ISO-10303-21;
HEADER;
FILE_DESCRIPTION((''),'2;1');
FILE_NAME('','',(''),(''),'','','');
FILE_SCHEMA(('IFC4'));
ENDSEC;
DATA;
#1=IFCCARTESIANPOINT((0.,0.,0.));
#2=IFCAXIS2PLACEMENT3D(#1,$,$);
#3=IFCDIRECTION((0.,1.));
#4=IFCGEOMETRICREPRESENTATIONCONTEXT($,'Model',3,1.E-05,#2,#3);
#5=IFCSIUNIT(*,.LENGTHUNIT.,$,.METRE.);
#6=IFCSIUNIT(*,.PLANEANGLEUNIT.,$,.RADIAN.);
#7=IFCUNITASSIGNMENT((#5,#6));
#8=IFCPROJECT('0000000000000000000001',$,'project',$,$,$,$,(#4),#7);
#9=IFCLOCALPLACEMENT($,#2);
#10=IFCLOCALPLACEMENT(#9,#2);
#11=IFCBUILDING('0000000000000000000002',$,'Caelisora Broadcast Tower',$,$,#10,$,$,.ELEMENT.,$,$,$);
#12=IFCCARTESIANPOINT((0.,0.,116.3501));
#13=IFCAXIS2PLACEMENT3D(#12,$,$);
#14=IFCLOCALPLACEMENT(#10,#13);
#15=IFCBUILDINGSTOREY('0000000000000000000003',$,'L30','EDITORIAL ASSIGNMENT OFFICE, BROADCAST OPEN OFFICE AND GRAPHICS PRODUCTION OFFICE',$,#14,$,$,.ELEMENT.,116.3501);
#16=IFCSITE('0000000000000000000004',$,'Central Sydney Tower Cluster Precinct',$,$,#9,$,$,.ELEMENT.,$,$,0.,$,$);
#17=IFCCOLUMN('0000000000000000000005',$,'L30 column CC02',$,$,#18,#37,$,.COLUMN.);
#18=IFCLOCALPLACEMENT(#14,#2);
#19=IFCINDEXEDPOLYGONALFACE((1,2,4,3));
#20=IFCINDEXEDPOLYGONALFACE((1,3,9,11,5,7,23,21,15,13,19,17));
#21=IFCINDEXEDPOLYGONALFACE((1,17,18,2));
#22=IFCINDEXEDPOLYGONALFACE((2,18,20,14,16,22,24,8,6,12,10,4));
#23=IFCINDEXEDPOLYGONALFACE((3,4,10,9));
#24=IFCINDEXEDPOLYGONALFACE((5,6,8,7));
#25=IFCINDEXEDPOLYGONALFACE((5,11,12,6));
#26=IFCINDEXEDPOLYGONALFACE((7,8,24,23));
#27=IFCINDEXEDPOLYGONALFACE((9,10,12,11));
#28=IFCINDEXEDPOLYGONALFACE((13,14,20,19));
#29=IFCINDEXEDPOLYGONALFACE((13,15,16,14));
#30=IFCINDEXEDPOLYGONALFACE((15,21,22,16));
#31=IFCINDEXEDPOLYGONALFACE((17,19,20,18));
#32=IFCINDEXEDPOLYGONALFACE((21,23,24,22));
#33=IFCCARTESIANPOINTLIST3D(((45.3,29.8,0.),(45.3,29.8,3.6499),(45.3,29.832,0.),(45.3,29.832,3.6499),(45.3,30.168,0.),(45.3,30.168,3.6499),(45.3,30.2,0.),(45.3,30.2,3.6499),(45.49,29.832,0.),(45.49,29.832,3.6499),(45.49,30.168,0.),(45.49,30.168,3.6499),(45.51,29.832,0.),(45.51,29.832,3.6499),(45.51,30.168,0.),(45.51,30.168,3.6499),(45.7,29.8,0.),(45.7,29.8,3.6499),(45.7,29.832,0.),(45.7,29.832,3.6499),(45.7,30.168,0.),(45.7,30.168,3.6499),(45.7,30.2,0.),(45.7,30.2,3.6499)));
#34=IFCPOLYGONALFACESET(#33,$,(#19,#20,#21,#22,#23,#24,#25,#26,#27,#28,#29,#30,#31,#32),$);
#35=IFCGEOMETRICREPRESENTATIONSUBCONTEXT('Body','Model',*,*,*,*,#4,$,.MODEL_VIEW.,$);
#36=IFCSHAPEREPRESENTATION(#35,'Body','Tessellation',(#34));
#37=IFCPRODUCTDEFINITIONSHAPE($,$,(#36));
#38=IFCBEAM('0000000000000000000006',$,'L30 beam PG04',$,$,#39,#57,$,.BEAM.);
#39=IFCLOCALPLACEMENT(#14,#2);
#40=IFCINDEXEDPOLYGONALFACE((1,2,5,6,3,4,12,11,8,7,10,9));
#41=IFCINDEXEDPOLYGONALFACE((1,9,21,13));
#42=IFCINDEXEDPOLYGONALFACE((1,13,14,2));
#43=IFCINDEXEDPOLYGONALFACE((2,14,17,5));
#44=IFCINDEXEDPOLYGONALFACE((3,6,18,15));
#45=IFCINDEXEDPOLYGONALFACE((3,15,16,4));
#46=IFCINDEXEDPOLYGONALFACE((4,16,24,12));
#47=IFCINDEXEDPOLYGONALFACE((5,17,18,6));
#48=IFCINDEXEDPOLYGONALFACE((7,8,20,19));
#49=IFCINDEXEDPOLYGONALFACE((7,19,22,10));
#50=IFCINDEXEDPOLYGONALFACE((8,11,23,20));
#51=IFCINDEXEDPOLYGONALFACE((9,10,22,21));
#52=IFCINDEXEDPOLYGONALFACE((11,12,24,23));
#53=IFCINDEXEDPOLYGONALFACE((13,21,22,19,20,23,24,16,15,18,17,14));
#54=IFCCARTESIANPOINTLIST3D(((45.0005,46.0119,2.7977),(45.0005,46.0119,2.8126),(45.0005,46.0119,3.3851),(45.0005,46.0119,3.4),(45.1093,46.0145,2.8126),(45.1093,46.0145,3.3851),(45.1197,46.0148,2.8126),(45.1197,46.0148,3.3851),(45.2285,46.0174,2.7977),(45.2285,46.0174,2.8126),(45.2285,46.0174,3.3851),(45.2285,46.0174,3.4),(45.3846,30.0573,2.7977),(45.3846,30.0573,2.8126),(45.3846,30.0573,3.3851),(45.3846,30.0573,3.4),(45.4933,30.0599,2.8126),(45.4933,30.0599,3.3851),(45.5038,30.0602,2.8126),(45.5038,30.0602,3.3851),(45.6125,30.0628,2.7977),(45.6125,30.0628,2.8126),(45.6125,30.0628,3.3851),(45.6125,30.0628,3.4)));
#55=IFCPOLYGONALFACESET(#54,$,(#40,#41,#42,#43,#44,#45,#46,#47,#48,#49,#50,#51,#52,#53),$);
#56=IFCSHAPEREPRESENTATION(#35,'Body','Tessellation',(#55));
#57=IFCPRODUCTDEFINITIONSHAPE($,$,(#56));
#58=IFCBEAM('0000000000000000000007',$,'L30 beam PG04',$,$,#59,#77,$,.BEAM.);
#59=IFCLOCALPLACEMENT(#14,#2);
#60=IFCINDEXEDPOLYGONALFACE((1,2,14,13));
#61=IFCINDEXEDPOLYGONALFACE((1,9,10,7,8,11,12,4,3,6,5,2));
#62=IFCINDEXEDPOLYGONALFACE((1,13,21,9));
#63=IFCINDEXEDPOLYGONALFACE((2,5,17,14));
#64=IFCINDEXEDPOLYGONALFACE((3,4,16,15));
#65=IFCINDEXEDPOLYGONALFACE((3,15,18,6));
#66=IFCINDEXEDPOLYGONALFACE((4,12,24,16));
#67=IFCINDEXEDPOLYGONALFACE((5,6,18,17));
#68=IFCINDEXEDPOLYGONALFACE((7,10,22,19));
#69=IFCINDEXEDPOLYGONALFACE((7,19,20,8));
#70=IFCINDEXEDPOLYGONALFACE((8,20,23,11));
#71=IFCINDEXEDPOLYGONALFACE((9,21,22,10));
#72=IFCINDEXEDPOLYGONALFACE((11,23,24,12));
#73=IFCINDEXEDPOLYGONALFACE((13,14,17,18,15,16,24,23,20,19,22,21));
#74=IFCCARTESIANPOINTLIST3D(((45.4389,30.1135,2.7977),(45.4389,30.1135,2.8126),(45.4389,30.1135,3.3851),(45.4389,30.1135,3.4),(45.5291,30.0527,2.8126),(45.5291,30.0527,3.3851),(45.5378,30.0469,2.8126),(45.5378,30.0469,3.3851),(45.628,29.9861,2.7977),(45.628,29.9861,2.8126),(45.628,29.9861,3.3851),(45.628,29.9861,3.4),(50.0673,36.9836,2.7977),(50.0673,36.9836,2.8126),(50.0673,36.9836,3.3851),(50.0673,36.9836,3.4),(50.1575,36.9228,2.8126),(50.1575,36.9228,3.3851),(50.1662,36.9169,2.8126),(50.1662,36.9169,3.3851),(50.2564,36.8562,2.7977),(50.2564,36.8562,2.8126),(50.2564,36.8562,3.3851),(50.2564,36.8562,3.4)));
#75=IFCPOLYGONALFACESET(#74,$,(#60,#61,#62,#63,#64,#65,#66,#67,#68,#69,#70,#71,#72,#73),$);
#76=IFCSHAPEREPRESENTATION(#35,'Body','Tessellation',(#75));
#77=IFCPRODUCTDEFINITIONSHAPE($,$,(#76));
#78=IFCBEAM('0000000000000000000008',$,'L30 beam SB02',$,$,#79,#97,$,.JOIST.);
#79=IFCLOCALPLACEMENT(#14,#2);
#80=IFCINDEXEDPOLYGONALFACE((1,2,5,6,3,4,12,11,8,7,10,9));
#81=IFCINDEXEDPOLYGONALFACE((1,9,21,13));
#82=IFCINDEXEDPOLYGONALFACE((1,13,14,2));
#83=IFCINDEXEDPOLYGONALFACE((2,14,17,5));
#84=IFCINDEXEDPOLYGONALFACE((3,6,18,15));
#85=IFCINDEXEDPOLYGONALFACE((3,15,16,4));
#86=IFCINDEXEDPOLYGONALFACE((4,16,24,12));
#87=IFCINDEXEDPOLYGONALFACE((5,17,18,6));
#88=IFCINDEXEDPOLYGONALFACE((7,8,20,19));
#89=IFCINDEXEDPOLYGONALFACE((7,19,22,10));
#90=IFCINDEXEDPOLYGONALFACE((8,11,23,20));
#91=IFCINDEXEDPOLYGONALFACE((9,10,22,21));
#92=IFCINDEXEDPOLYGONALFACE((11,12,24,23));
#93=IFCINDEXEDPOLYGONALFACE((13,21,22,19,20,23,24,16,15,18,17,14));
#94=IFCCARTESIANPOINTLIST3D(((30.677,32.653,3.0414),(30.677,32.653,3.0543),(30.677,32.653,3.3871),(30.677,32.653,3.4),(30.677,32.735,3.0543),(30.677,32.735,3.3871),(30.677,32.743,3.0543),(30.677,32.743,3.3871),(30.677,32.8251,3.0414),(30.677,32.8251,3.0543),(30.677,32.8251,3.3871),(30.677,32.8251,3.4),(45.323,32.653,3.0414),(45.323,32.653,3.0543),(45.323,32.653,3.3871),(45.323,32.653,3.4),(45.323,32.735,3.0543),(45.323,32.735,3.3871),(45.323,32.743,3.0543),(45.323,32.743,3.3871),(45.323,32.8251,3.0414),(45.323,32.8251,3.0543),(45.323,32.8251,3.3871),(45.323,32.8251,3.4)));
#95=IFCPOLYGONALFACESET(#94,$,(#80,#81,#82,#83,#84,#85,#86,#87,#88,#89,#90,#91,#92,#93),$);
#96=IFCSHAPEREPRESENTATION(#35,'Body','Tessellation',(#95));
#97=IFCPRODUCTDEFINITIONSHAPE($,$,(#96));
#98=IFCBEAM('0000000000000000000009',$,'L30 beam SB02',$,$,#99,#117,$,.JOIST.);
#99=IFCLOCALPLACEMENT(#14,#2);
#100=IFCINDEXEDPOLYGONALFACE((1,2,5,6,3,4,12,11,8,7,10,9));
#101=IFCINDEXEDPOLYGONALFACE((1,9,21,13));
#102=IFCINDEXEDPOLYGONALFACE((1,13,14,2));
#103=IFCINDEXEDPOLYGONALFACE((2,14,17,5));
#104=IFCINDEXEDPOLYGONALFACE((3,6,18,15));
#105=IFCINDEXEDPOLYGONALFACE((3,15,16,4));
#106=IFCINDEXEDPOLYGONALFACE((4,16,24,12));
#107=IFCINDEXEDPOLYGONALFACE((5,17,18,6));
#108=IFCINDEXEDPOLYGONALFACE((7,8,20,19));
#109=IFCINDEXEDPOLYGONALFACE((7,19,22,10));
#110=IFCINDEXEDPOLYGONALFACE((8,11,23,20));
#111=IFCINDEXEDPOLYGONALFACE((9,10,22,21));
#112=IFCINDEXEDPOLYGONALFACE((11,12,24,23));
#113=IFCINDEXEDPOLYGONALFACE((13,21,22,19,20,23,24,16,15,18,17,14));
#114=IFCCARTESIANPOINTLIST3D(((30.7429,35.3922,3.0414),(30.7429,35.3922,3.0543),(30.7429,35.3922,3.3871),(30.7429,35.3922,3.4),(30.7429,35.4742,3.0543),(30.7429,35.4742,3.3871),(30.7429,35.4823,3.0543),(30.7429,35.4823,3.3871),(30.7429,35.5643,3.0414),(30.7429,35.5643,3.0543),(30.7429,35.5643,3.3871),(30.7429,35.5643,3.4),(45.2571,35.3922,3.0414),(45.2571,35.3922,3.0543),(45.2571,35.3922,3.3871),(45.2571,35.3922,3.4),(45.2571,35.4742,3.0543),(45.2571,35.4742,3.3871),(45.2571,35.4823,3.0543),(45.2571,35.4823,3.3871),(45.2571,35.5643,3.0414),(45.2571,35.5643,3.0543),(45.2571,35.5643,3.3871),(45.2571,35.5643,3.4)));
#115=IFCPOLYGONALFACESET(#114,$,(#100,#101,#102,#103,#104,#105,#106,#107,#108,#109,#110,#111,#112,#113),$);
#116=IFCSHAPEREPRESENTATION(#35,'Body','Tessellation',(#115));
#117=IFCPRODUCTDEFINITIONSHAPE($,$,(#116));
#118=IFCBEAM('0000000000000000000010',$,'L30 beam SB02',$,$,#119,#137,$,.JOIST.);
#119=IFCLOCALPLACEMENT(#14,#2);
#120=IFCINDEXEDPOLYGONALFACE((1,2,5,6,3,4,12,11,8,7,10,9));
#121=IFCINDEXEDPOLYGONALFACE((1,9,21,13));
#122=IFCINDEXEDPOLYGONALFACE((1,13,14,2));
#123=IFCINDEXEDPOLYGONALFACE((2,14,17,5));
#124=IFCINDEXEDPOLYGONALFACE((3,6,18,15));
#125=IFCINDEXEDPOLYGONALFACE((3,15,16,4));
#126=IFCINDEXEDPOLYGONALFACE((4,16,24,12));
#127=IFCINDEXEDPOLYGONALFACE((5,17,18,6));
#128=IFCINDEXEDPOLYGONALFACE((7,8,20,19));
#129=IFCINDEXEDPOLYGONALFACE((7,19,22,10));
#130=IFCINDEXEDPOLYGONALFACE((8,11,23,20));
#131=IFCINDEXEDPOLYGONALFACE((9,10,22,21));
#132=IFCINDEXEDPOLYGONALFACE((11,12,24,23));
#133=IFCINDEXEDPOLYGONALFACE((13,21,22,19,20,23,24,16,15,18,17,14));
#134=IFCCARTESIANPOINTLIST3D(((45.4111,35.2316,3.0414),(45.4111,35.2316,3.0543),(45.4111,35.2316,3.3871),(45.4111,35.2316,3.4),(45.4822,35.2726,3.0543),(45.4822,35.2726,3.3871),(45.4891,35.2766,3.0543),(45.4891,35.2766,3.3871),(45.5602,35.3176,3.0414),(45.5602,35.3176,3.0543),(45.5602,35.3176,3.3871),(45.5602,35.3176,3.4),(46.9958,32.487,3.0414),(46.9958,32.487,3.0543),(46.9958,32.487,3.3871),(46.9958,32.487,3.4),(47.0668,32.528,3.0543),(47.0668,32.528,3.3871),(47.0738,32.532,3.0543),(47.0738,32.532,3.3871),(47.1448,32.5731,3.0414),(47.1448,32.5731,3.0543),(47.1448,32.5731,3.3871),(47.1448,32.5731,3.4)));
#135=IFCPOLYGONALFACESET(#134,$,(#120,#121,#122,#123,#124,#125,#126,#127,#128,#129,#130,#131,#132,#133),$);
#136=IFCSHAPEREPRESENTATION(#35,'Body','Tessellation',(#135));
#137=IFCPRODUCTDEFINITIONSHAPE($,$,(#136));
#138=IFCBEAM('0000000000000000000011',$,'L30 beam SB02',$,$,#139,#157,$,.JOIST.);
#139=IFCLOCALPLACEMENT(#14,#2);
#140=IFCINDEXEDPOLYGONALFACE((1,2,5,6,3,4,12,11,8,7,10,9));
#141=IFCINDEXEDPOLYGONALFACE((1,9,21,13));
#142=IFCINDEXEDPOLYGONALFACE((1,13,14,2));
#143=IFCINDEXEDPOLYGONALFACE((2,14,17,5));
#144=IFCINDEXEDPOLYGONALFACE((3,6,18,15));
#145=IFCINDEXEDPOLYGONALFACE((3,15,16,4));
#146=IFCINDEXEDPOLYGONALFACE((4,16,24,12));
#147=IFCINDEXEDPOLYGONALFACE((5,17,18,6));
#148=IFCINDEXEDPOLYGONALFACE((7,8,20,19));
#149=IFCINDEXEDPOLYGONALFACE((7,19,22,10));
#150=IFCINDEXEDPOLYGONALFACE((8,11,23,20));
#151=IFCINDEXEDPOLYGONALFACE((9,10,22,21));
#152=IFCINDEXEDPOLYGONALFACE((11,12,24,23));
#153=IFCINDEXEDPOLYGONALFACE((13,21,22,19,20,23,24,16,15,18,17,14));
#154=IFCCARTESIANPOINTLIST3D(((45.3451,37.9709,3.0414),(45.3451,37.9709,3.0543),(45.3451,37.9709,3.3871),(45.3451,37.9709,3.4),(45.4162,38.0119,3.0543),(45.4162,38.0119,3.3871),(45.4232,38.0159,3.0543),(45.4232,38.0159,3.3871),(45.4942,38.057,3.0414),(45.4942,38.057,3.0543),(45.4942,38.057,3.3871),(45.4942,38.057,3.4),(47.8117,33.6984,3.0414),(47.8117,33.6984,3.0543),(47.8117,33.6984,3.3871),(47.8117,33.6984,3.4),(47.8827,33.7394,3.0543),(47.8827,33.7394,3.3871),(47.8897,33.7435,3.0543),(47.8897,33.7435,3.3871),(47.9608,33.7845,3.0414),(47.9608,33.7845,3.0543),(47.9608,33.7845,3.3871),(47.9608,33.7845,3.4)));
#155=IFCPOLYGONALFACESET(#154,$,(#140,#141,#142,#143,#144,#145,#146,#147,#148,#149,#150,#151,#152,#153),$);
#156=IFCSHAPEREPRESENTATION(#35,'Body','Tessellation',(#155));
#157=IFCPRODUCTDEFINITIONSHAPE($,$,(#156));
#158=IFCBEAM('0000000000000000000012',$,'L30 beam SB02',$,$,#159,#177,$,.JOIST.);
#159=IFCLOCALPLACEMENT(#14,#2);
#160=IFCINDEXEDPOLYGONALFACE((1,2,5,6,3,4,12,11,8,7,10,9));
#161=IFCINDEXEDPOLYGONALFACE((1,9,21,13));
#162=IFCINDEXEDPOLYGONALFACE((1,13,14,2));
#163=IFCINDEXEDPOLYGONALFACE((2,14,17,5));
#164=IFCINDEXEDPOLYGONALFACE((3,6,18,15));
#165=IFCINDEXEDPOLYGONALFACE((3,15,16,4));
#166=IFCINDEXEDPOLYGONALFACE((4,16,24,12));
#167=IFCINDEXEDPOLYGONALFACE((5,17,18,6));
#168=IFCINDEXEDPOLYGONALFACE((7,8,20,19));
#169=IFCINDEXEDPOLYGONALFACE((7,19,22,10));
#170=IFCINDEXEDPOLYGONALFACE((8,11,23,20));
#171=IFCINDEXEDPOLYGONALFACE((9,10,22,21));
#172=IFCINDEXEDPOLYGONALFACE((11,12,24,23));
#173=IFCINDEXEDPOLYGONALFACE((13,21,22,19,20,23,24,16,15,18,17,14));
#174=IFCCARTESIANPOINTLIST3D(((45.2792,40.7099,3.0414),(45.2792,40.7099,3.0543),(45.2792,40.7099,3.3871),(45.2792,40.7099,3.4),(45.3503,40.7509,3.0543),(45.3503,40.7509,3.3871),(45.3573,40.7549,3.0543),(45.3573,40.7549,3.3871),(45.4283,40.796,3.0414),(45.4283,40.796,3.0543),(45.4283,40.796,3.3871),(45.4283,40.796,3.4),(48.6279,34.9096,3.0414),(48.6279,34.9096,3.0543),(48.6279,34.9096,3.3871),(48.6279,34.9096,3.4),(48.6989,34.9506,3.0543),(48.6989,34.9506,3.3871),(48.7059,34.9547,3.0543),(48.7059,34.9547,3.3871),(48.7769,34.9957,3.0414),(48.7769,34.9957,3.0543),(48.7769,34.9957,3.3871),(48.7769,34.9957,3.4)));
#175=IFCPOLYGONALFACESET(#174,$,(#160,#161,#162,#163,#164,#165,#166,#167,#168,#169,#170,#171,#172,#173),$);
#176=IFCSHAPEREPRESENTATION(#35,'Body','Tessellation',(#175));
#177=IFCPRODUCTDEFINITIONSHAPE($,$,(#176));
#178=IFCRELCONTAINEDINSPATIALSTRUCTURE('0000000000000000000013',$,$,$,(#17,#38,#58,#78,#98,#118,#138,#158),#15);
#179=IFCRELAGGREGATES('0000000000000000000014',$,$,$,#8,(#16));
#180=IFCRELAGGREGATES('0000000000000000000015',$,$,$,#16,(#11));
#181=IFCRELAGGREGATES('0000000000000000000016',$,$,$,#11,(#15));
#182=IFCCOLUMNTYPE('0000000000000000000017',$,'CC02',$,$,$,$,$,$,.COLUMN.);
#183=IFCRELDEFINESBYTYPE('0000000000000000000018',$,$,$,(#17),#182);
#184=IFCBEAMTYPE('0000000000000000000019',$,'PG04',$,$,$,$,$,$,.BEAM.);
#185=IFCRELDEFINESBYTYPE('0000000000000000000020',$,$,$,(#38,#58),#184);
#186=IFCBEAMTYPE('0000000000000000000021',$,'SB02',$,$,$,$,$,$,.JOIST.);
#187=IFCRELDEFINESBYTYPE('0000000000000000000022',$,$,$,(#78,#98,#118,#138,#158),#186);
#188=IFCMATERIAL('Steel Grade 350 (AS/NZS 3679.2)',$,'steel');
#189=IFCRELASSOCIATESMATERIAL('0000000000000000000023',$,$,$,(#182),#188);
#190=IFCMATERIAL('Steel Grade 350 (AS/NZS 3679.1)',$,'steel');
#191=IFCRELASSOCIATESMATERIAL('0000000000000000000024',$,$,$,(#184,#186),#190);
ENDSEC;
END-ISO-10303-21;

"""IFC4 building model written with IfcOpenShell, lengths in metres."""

from ifc_helpers import new_model, si_unit, direction, frame, origin, origin_2d, place, context, subcontext, project, spatial, i_section, extrude, source, transform, mapped, material, material_profile, profile_set, type_object, type_shapes, element, save


model = new_model("IFC4")

# Units and contexts
model_context = context("Model", 3, precision=1e-05, world=origin(), true_north=direction((0.0, 1.0)))
body_context = subcontext(model_context, "Body", "Model", "MODEL_VIEW")
ifc_project = project(units=[si_unit("LENGTHUNIT", "METRE"), si_unit("PLANEANGLEUNIT", "RADIAN")], contexts=[model_context])

# Site, building, storey
site_placement = place(None, origin())
site = spatial("IfcSite", under=ifc_project, at=site_placement, Name="Central Sydney Tower Cluster Precinct", CompositionType="ELEMENT", RefElevation=0.0)
building_placement = place(site_placement, origin())
building = spatial("IfcBuilding", under=site, at=building_placement, Name="Caelisora Broadcast Tower", CompositionType="ELEMENT")
storey_placement = place(building_placement, frame((0.0, 0.0, 116.3501)))
storey = spatial("IfcBuildingStorey", under=building, at=storey_placement, Name="L30", Description="EDITORIAL ASSIGNMENT OFFICE, BROADCAST OPEN OFFICE AND GRAPHICS PRODUCTION OFFICE", CompositionType="ELEMENT", Elevation=116.3501)

# Column
ifc_material_1 = material(Name="Steel Grade 350 (AS/NZS 3679.2)", Category="steel")
ifc_material_profile_1 = material_profile(ifc_material_1, i_section(OverallWidth=0.3999, OverallDepth=0.3999, WebThickness=0.02, FlangeThickness=0.032, at=origin_2d()), Name="Steel Grade 350 (AS/NZS 3679.2)")
ifc_profile_set_1 = profile_set([ifc_material_profile_1], Name="Steel Grade 350 (AS/NZS 3679.2)")
column_type = type_object("IfcColumnType", Name="CC02", PredefinedType="COLUMN", material=ifc_profile_set_1)
shared_shape_1 = source(origin(), body_context, "Body", "SweptSolid", [
    extrude(i_section(OverallWidth=0.3999, OverallDepth=0.3999, WebThickness=0.02, FlangeThickness=0.032, at=origin_2d()), origin(), (0.0, 0.0, 1.0), 3.6499),
])
type_shapes(column_type, [shared_shape_1])
column_placement = place(storey_placement, frame((45.5, 30.0, 0.0), z_axis=(0.0, 0.0, 1.0), x_axis=(1.0, 0.0, 0.0)))
element("IfcColumn", 1, at=column_placement, inside=storey, type_object=column_type, Name="L30 column CC02", PredefinedType="COLUMN", context=body_context, shape_type="MappedRepresentation", body=[
    mapped(shared_shape_1, transform((0.0, 0.0, 0.0), scale=1.0)),
])

# Beams
ifc_material_2 = material(Name="Steel Grade 350 (AS/NZS 3679.1)", Category="steel")
ifc_material_profile_2 = material_profile(ifc_material_2, i_section(OverallWidth=0.228, OverallDepth=0.6023, WebThickness=0.0105, FlangeThickness=0.0149, at=origin_2d()), Name="Steel Grade 350 (AS/NZS 3679.1)")
ifc_profile_set_2 = profile_set([ifc_material_profile_2], Name="Steel Grade 350 (AS/NZS 3679.1)")
beam_type_1 = type_object("IfcBeamType", Name="PG04", PredefinedType="BEAM", material=ifc_profile_set_2)
shared_shape_2 = source(origin(), body_context, "Body", "SweptSolid", [
    extrude(i_section(OverallWidth=0.228, OverallDepth=0.6023, WebThickness=0.0105, FlangeThickness=0.0149, at=origin_2d()), origin(), (0.0, 0.0, 1.0), 15.9592),
])
beam_1_placement = place(storey_placement, frame((45.4985, 30.0601, 3.0989), z_axis=(-0.024063, 0.99971, 0.0), x_axis=(-0.99971, -0.024063, 0.0)))
element("IfcBeam", 2, at=beam_1_placement, inside=storey, type_object=beam_type_1, Name="L30 beam PG04", PredefinedType="BEAM", context=body_context, shape_type="MappedRepresentation", body=[
    mapped(shared_shape_2, transform((0.0, 0.0, 0.0), scale=1.0)),
])
shared_shape_3 = source(origin(), body_context, "Body", "SweptSolid", [
    extrude(i_section(OverallWidth=0.228, OverallDepth=0.6023, WebThickness=0.0105, FlangeThickness=0.0149, at=origin_2d()), origin(), (0.0, 0.0, 1.0), 8.2837),
])
type_shapes(beam_type_1, [shared_shape_2, shared_shape_3])
beam_2_placement = place(storey_placement, frame((45.5334, 30.0498, 3.0989), z_axis=(0.558734, 0.829347, 0.0), x_axis=(-0.829347, 0.558734, 0.0)))
element("IfcBeam", 3, at=beam_2_placement, inside=storey, type_object=beam_type_1, Name="L30 beam PG04", PredefinedType="BEAM", context=body_context, shape_type="MappedRepresentation", body=[
    mapped(shared_shape_3, transform((0.0, 0.0, 0.0), scale=1.0)),
])
ifc_material_profile_3 = material_profile(ifc_material_2, i_section(OverallWidth=0.1721, OverallDepth=0.3586, WebThickness=0.0081, FlangeThickness=0.0129, at=origin_2d()), Name="Steel Grade 350 (AS/NZS 3679.1)")
ifc_profile_set_3 = profile_set([ifc_material_profile_3], Name="Steel Grade 350 (AS/NZS 3679.1)")
beam_type_2 = type_object("IfcBeamType", Name="SB02", PredefinedType="JOIST", material=ifc_profile_set_3)
shared_shape_4 = source(origin(), body_context, "Body", "SweptSolid", [
    extrude(i_section(OverallWidth=0.1721, OverallDepth=0.3586, WebThickness=0.0081, FlangeThickness=0.0129, at=origin_2d()), origin(), (0.0, 0.0, 1.0), 14.646),
])
beam_3_placement = place(storey_placement, frame((45.323, 32.739, 3.2207), z_axis=(-1.0, 0.0, 0.0), x_axis=(0.0, -1.0, 0.0)))
element("IfcBeam", 4, at=beam_3_placement, inside=storey, type_object=beam_type_2, Name="L30 beam SB02", PredefinedType="JOIST", context=body_context, shape_type="MappedRepresentation", body=[
    mapped(shared_shape_4, transform((0.0, 0.0, 0.0), scale=1.0)),
])
shared_shape_5 = source(origin(), body_context, "Body", "SweptSolid", [
    extrude(i_section(OverallWidth=0.1721, OverallDepth=0.3586, WebThickness=0.0081, FlangeThickness=0.0129, at=origin_2d()), origin(), (0.0, 0.0, 1.0), 14.5142),
])
beam_4_placement = place(storey_placement, frame((45.2571, 35.4783, 3.2207), z_axis=(-1.0, 0.0, 0.0), x_axis=(0.0, -1.0, 0.0)))
element("IfcBeam", 5, at=beam_4_placement, inside=storey, type_object=beam_type_2, Name="L30 beam SB02", PredefinedType="JOIST", context=body_context, shape_type="MappedRepresentation", body=[
    mapped(shared_shape_5, transform((0.0, 0.0, 0.0), scale=1.0)),
])
shared_shape_6 = source(origin(), body_context, "Body", "SweptSolid", [
    extrude(i_section(OverallWidth=0.1721, OverallDepth=0.3586, WebThickness=0.0081, FlangeThickness=0.0129, at=origin_2d()), origin(), (0.0, 0.0, 1.0), 3.1692),
])
beam_5_placement = place(storey_placement, frame((47.0703, 32.53, 3.2207), z_axis=(-0.500025, 0.866011, 0.0), x_axis=(-0.866011, -0.500025, 0.0)))
element("IfcBeam", 6, at=beam_5_placement, inside=storey, type_object=beam_type_2, Name="L30 beam SB02", PredefinedType="JOIST", context=body_context, shape_type="MappedRepresentation", body=[
    mapped(shared_shape_6, transform((0.0, 0.0, 0.0), scale=1.0)),
])
shared_shape_7 = source(origin(), body_context, "Body", "SweptSolid", [
    extrude(i_section(OverallWidth=0.1721, OverallDepth=0.3586, WebThickness=0.0081, FlangeThickness=0.0129, at=origin_2d()), origin(), (0.0, 0.0, 1.0), 4.9333),
])
beam_6_placement = place(storey_placement, frame((47.8862, 33.7415, 3.2207), z_axis=(-0.499977, 0.866039, 0.0), x_axis=(-0.866039, -0.499977, 0.0)))
element("IfcBeam", 7, at=beam_6_placement, inside=storey, type_object=beam_type_2, Name="L30 beam SB02", PredefinedType="JOIST", context=body_context, shape_type="MappedRepresentation", body=[
    mapped(shared_shape_7, transform((0.0, 0.0, 0.0), scale=1.0)),
])
shared_shape_8 = source(origin(), body_context, "Body", "SweptSolid", [
    extrude(i_section(OverallWidth=0.1721, OverallDepth=0.3586, WebThickness=0.0081, FlangeThickness=0.0129, at=origin_2d()), origin(), (0.0, 0.0, 1.0), 6.6975),
])
beam_7_placement = place(storey_placement, frame((48.7024, 34.9526, 3.2207), z_axis=(-0.499981, 0.866036, 0.0), x_axis=(-0.866036, -0.499981, 0.0)))
element("IfcBeam", 8, at=beam_7_placement, inside=storey, type_object=beam_type_2, Name="L30 beam SB02", PredefinedType="JOIST", context=body_context, shape_type="MappedRepresentation", body=[
    mapped(shared_shape_8, transform((0.0, 0.0, 0.0), scale=1.0)),
])

save(model, "model.ifc")
